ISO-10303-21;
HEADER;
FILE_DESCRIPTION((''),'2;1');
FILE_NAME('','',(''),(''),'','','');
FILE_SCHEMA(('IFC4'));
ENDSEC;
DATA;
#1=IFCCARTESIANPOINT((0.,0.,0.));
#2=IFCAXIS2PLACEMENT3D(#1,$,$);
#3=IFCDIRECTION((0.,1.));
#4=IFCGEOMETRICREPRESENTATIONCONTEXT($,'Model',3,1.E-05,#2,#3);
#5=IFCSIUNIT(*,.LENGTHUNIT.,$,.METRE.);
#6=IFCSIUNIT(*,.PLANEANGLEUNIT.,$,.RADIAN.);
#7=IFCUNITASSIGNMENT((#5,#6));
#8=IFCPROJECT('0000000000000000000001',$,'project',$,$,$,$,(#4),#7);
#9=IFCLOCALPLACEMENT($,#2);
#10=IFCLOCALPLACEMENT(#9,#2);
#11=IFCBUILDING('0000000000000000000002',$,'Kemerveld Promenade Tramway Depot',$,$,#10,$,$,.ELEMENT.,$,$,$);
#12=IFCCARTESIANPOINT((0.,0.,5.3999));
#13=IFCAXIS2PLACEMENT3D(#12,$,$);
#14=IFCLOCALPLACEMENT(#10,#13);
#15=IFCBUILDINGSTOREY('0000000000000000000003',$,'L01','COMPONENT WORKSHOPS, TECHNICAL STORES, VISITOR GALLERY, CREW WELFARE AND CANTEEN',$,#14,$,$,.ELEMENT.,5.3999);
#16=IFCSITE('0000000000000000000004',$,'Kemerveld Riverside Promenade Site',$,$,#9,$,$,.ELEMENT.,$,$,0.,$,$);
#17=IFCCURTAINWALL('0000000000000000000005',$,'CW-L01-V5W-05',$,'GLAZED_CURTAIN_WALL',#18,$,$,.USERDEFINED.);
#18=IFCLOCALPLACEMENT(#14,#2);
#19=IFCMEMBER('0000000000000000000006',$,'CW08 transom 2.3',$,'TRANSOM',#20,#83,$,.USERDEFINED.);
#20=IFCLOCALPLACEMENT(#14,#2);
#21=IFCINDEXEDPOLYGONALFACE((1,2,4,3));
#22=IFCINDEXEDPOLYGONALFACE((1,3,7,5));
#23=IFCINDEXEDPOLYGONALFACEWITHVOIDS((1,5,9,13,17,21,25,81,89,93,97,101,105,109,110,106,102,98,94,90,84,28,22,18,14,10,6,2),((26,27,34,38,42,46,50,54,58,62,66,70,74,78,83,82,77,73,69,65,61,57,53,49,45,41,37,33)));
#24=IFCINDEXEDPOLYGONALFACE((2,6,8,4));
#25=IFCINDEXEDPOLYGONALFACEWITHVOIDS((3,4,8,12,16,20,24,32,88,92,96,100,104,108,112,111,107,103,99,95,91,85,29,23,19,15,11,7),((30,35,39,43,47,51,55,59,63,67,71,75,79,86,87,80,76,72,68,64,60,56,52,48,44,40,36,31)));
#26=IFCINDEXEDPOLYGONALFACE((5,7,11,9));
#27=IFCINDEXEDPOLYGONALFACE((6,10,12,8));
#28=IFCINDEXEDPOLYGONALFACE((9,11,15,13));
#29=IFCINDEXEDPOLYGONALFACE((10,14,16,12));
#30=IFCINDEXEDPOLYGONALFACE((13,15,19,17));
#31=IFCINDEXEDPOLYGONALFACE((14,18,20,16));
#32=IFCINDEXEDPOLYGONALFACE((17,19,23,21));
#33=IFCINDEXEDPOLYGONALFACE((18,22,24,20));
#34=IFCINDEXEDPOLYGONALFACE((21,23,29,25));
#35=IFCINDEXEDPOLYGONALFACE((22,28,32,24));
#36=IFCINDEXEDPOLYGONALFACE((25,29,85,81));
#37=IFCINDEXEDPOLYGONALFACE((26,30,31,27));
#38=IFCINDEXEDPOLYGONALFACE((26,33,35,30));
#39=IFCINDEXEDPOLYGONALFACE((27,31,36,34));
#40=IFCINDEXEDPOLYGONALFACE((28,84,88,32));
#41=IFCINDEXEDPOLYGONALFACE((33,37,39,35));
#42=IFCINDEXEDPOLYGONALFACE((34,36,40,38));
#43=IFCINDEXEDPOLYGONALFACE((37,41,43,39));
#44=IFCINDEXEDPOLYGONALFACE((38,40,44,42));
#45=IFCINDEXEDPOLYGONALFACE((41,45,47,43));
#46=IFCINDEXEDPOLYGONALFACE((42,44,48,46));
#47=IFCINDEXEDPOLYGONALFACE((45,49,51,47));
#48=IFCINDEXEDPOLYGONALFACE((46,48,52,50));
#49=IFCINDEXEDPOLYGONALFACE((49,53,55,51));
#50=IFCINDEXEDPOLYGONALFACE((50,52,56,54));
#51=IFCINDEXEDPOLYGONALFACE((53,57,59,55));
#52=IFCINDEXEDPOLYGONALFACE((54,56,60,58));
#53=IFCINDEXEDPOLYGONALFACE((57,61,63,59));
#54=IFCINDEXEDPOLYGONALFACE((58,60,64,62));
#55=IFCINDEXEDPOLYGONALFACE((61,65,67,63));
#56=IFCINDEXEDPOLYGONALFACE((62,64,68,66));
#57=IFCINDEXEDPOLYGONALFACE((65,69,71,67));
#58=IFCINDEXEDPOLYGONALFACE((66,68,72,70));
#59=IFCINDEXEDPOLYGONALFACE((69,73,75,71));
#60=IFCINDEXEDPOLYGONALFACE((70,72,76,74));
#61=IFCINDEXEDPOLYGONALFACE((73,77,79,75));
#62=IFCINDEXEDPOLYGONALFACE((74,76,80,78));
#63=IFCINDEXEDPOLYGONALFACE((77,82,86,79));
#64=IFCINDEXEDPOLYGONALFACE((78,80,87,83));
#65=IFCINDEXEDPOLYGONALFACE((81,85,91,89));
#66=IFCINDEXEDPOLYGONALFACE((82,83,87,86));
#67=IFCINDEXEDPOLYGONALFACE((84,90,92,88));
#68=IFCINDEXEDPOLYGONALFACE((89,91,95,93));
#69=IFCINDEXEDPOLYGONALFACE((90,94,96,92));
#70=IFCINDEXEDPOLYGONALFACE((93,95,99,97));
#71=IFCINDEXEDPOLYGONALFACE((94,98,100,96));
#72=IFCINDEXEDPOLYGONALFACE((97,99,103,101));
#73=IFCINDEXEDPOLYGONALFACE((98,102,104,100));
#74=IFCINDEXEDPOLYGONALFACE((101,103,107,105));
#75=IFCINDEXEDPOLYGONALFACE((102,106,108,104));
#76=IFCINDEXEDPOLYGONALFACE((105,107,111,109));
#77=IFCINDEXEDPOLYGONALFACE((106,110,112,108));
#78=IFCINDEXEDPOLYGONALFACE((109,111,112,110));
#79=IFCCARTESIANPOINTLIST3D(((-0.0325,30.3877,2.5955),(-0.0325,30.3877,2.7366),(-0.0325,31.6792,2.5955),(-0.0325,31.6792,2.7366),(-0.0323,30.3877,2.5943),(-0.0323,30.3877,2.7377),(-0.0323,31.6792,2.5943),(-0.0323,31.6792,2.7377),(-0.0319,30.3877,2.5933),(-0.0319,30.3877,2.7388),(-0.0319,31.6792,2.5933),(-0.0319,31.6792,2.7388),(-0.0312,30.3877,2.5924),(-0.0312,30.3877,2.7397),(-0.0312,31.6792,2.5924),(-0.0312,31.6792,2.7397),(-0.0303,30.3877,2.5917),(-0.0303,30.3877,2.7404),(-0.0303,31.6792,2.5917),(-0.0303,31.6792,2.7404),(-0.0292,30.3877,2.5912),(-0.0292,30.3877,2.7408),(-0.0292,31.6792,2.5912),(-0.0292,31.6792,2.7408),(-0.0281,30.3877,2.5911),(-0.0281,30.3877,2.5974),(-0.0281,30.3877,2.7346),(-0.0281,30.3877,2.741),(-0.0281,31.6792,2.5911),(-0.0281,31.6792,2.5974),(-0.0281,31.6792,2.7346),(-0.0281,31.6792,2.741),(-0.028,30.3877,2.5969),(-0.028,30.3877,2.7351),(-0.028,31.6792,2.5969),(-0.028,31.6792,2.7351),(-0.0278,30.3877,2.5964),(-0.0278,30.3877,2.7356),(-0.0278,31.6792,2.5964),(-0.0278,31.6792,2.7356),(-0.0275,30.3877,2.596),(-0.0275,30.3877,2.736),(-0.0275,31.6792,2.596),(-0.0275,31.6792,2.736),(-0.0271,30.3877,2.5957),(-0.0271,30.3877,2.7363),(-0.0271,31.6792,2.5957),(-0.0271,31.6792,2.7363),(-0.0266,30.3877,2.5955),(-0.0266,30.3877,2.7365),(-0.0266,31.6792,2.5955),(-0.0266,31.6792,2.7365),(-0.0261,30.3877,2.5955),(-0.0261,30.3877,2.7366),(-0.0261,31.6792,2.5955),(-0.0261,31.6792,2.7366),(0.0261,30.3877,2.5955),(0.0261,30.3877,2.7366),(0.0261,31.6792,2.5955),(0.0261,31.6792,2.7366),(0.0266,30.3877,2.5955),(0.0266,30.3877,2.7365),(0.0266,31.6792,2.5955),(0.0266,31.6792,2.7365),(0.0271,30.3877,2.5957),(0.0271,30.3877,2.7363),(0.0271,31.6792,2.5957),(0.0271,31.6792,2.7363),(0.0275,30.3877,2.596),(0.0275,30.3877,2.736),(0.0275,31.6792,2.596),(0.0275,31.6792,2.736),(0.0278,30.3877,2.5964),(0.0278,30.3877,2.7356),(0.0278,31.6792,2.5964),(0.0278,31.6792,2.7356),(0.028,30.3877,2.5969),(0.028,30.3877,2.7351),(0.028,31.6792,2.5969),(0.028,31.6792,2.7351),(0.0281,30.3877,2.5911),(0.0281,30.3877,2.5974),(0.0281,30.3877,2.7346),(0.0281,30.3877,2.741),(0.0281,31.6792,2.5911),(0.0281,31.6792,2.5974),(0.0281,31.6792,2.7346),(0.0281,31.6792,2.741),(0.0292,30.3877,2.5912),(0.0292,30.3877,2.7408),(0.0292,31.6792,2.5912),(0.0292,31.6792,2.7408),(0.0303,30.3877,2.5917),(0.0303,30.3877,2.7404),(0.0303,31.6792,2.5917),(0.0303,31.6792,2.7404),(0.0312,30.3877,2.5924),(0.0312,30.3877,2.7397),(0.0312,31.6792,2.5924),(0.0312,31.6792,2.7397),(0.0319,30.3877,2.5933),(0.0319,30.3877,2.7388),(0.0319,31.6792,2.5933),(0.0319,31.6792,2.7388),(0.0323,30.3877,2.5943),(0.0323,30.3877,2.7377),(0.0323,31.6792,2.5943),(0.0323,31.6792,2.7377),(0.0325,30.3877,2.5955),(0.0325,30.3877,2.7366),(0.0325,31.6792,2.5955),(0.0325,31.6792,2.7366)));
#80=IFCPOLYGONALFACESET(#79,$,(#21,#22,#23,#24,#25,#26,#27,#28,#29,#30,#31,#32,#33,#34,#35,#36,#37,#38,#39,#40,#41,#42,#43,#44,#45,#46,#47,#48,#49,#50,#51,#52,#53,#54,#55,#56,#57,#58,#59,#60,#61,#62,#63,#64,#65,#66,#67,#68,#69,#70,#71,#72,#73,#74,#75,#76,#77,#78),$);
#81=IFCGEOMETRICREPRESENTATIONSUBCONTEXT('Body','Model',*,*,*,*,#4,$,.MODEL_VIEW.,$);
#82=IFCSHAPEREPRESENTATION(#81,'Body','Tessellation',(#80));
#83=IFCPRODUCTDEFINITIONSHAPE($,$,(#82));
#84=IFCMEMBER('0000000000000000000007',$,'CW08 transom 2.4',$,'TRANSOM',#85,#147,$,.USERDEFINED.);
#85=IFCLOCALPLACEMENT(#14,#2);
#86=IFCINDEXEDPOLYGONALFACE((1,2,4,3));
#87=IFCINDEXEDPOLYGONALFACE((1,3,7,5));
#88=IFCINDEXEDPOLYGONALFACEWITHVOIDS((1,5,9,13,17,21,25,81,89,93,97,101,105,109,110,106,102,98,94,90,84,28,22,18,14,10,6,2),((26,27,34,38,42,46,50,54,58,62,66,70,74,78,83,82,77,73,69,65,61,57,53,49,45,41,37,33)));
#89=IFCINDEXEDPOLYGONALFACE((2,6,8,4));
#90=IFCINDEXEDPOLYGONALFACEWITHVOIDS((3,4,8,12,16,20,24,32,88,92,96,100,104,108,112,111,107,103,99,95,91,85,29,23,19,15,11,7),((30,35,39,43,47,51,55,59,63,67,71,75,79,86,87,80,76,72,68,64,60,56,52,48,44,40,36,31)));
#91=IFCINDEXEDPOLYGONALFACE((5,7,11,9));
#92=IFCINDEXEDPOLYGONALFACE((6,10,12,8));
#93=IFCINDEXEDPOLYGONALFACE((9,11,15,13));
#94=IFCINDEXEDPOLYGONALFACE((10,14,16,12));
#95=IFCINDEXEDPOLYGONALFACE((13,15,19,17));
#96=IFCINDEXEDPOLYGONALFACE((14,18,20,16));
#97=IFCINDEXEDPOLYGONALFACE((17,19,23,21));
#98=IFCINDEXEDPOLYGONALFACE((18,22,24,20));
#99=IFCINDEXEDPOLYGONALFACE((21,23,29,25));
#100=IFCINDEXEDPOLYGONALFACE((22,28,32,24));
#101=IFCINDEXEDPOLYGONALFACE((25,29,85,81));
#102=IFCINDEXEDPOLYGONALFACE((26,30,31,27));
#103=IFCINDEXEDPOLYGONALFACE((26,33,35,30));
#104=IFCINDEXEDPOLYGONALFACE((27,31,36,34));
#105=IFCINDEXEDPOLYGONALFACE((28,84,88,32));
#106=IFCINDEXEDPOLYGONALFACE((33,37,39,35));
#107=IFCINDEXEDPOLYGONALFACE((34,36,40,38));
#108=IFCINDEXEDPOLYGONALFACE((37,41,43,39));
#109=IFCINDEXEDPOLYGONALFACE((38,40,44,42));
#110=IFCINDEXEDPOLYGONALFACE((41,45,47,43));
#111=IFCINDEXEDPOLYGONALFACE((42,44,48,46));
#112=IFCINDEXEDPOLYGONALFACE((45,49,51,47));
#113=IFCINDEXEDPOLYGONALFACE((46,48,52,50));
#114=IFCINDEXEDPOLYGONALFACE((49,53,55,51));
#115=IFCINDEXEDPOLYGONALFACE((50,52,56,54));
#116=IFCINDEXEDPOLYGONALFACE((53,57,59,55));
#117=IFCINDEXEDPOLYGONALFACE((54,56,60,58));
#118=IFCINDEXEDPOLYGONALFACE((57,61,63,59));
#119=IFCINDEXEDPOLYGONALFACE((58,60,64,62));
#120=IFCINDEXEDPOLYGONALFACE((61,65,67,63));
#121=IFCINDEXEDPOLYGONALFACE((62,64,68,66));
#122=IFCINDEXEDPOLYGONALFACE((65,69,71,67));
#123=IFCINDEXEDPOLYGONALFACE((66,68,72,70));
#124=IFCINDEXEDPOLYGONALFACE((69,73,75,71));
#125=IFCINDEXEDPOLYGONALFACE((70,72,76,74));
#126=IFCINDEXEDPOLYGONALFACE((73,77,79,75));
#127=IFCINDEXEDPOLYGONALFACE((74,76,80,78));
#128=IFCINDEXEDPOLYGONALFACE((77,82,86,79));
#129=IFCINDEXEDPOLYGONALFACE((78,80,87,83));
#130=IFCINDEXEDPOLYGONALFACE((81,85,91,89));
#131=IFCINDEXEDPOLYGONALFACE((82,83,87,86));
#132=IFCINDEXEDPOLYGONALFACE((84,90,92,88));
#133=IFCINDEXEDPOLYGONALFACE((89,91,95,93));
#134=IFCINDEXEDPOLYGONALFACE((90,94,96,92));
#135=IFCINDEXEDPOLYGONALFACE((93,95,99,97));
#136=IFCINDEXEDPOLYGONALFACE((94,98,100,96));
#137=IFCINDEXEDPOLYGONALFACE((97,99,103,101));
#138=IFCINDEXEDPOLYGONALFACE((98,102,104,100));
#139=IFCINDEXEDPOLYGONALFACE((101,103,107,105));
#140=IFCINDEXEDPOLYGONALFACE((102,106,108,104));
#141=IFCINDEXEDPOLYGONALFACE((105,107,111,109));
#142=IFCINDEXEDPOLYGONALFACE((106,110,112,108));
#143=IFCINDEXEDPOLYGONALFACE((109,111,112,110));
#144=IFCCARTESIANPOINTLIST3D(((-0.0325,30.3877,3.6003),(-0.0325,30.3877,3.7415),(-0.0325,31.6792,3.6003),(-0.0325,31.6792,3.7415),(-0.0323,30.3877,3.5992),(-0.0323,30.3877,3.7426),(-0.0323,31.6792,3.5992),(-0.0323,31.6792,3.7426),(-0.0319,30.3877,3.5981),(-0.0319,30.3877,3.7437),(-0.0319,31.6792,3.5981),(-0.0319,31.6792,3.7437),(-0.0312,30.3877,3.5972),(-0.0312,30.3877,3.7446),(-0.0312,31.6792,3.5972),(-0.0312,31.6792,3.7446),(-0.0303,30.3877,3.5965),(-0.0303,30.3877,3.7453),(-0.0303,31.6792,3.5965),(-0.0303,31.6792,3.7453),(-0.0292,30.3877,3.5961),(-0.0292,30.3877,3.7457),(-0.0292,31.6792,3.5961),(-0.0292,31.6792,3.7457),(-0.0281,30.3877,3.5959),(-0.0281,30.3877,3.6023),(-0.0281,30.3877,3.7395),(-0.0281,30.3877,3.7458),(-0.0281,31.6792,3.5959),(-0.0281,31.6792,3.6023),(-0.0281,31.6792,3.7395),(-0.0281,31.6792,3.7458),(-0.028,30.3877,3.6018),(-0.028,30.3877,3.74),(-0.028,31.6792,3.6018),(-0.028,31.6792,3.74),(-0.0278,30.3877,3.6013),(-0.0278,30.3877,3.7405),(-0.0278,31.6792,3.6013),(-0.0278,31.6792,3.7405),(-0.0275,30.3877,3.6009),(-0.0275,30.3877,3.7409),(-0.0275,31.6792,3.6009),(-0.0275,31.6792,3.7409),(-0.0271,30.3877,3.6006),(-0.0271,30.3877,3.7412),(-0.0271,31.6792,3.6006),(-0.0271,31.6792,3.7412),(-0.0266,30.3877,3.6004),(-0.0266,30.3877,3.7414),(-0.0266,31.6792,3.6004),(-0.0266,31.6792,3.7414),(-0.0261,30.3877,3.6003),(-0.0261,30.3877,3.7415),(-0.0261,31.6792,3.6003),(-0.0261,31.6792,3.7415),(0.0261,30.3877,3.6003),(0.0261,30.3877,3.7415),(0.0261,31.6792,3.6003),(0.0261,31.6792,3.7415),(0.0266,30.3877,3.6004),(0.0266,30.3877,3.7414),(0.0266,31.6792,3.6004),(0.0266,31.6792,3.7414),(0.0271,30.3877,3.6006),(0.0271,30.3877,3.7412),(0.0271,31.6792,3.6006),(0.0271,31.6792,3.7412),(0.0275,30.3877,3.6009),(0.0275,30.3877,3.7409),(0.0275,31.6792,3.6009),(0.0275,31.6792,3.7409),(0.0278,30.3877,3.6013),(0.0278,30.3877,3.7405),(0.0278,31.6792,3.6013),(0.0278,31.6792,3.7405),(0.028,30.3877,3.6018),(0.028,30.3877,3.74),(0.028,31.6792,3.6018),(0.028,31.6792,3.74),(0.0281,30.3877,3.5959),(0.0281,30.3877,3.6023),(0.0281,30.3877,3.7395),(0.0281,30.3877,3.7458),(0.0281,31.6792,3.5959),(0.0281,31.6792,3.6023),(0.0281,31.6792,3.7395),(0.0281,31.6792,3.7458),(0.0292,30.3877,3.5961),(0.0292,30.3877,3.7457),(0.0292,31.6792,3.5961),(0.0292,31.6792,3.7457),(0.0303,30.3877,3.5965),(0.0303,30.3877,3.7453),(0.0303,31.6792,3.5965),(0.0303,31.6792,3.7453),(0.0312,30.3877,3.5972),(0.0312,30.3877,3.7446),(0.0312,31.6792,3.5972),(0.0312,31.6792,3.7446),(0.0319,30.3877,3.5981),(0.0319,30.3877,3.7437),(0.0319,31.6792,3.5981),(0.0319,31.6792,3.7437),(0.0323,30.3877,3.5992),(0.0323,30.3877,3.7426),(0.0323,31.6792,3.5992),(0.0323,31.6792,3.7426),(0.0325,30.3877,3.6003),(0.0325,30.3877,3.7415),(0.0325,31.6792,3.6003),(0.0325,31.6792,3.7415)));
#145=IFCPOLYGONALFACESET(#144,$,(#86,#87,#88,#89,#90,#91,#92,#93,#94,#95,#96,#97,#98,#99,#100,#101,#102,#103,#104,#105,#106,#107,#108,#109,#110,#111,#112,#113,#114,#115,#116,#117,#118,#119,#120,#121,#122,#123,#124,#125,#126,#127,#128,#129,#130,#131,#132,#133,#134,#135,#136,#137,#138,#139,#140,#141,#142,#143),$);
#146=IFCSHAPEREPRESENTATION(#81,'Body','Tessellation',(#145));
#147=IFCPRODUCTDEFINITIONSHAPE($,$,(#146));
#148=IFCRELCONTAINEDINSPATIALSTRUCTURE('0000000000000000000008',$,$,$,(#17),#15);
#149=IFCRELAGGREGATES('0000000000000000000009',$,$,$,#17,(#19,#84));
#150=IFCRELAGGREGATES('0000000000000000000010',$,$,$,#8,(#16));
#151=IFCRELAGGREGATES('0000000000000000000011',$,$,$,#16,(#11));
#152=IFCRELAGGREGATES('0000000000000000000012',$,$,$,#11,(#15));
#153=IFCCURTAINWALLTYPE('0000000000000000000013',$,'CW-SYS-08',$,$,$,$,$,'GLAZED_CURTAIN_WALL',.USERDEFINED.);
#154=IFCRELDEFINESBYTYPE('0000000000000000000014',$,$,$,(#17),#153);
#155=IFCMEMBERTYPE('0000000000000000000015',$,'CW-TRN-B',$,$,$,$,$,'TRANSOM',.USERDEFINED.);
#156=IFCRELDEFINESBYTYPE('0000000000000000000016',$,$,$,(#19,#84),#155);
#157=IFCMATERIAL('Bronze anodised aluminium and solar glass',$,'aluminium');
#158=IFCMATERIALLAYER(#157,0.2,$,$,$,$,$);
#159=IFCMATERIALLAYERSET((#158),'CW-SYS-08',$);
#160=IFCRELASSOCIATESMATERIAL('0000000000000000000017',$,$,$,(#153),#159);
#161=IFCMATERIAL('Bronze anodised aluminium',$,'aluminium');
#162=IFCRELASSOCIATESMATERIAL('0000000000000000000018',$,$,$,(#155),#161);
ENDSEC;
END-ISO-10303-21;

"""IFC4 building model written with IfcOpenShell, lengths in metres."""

from ifc_helpers import new_model, si_unit, direction, frame, origin, origin_2d, place, context, subcontext, project, spatial, hollow_rectangle, extrude, material, layer, layer_set, material_profile, profile_set, type_object, element, aggregate, save


model = new_model("IFC4")

# Units and contexts
model_context = context("Model", 3, precision=1e-05, world=origin(), true_north=direction((0.0, 1.0)))
body_context = subcontext(model_context, "Body", "Model", "MODEL_VIEW")
ifc_project = project(units=[si_unit("LENGTHUNIT", "METRE"), si_unit("PLANEANGLEUNIT", "RADIAN")], contexts=[model_context])

# Site, building, storey
site_placement = place(None, origin())
site = spatial("IfcSite", under=ifc_project, at=site_placement, Name="Kemerveld Riverside Promenade Site", CompositionType="ELEMENT", RefElevation=0.0)
building_placement = place(site_placement, origin())
building = spatial("IfcBuilding", under=site, at=building_placement, Name="Kemerveld Promenade Tramway Depot", CompositionType="ELEMENT")
storey_placement = place(building_placement, frame((0.0, 0.0, 5.3999)))
storey = spatial("IfcBuildingStorey", under=building, at=storey_placement, Name="L01", Description="COMPONENT WORKSHOPS, TECHNICAL STORES, VISITOR GALLERY, CREW WELFARE AND CANTEEN", CompositionType="ELEMENT", Elevation=5.3999)

# Curtain wall, members
ifc_material_1 = material(Name="Bronze anodised aluminium and solar glass", Category="aluminium")
ifc_layer_1 = layer(ifc_material_1, 0.2)
ifc_layer_set_1 = layer_set([ifc_layer_1], Name="CW-SYS-08")
curtain_wall_type = type_object("IfcCurtainWallType", Name="CW-SYS-08", ElementType="GLAZED_CURTAIN_WALL", PredefinedType="USERDEFINED", material=ifc_layer_set_1)
curtain_wall_placement = place(storey_placement, origin())
curtain_wall = element("IfcCurtainWall", 1, at=curtain_wall_placement, inside=storey, type_object=curtain_wall_type, Name="CW-L01-V5W-05", ObjectType="GLAZED_CURTAIN_WALL", PredefinedType="USERDEFINED")
ifc_material_2 = material(Name="Bronze anodised aluminium", Category="aluminium")
ifc_material_profile_1 = material_profile(ifc_material_2, hollow_rectangle(XDim=0.0649, YDim=0.1499, WallThickness=0.0044, InnerFilletRadius=0.002, OuterFilletRadius=0.0044, at=origin_2d()), Name="CW-TRN-150x65")
ifc_profile_set_1 = profile_set([ifc_material_profile_1], Name="Bronze anodised aluminium")
member_type_1 = type_object("IfcMemberType", Name="CW-TRN-B", ElementType="TRANSOM", PredefinedType="USERDEFINED", material=ifc_profile_set_1)
member_1_placement = place(storey_placement, frame((0.0, 30.3877, 2.666), z_axis=(0.0, 1.0, 0.0), x_axis=(-1.0, 0.0, 0.0)))
member_1 = element("IfcMember", 2, at=member_1_placement, type_object=member_type_1, Name="CW08 transom 2.3", ObjectType="TRANSOM", PredefinedType="USERDEFINED", context=body_context, shape_type="SweptSolid", body=[
    extrude(hollow_rectangle(XDim=0.0649, YDim=0.1499, WallThickness=0.0044, InnerFilletRadius=0.002, OuterFilletRadius=0.0044, at=origin_2d()), origin(), (0.0, 0.0, 1.0), 1.2915),
])
member_2_placement = place(storey_placement, frame((0.0, 30.3877, 3.6709), z_axis=(0.0, 1.0, 0.0), x_axis=(-1.0, 0.0, 0.0)))
member_2 = element("IfcMember", 3, at=member_2_placement, type_object=member_type_1, Name="CW08 transom 2.4", ObjectType="TRANSOM", PredefinedType="USERDEFINED", context=body_context, shape_type="SweptSolid", body=[
    extrude(hollow_rectangle(XDim=0.0649, YDim=0.1499, WallThickness=0.0044, InnerFilletRadius=0.002, OuterFilletRadius=0.0044, at=origin_2d()), origin(), (0.0, 0.0, 1.0), 1.2915),
])
aggregate(curtain_wall, [member_1, member_2])

save(model, "model.ifc")
